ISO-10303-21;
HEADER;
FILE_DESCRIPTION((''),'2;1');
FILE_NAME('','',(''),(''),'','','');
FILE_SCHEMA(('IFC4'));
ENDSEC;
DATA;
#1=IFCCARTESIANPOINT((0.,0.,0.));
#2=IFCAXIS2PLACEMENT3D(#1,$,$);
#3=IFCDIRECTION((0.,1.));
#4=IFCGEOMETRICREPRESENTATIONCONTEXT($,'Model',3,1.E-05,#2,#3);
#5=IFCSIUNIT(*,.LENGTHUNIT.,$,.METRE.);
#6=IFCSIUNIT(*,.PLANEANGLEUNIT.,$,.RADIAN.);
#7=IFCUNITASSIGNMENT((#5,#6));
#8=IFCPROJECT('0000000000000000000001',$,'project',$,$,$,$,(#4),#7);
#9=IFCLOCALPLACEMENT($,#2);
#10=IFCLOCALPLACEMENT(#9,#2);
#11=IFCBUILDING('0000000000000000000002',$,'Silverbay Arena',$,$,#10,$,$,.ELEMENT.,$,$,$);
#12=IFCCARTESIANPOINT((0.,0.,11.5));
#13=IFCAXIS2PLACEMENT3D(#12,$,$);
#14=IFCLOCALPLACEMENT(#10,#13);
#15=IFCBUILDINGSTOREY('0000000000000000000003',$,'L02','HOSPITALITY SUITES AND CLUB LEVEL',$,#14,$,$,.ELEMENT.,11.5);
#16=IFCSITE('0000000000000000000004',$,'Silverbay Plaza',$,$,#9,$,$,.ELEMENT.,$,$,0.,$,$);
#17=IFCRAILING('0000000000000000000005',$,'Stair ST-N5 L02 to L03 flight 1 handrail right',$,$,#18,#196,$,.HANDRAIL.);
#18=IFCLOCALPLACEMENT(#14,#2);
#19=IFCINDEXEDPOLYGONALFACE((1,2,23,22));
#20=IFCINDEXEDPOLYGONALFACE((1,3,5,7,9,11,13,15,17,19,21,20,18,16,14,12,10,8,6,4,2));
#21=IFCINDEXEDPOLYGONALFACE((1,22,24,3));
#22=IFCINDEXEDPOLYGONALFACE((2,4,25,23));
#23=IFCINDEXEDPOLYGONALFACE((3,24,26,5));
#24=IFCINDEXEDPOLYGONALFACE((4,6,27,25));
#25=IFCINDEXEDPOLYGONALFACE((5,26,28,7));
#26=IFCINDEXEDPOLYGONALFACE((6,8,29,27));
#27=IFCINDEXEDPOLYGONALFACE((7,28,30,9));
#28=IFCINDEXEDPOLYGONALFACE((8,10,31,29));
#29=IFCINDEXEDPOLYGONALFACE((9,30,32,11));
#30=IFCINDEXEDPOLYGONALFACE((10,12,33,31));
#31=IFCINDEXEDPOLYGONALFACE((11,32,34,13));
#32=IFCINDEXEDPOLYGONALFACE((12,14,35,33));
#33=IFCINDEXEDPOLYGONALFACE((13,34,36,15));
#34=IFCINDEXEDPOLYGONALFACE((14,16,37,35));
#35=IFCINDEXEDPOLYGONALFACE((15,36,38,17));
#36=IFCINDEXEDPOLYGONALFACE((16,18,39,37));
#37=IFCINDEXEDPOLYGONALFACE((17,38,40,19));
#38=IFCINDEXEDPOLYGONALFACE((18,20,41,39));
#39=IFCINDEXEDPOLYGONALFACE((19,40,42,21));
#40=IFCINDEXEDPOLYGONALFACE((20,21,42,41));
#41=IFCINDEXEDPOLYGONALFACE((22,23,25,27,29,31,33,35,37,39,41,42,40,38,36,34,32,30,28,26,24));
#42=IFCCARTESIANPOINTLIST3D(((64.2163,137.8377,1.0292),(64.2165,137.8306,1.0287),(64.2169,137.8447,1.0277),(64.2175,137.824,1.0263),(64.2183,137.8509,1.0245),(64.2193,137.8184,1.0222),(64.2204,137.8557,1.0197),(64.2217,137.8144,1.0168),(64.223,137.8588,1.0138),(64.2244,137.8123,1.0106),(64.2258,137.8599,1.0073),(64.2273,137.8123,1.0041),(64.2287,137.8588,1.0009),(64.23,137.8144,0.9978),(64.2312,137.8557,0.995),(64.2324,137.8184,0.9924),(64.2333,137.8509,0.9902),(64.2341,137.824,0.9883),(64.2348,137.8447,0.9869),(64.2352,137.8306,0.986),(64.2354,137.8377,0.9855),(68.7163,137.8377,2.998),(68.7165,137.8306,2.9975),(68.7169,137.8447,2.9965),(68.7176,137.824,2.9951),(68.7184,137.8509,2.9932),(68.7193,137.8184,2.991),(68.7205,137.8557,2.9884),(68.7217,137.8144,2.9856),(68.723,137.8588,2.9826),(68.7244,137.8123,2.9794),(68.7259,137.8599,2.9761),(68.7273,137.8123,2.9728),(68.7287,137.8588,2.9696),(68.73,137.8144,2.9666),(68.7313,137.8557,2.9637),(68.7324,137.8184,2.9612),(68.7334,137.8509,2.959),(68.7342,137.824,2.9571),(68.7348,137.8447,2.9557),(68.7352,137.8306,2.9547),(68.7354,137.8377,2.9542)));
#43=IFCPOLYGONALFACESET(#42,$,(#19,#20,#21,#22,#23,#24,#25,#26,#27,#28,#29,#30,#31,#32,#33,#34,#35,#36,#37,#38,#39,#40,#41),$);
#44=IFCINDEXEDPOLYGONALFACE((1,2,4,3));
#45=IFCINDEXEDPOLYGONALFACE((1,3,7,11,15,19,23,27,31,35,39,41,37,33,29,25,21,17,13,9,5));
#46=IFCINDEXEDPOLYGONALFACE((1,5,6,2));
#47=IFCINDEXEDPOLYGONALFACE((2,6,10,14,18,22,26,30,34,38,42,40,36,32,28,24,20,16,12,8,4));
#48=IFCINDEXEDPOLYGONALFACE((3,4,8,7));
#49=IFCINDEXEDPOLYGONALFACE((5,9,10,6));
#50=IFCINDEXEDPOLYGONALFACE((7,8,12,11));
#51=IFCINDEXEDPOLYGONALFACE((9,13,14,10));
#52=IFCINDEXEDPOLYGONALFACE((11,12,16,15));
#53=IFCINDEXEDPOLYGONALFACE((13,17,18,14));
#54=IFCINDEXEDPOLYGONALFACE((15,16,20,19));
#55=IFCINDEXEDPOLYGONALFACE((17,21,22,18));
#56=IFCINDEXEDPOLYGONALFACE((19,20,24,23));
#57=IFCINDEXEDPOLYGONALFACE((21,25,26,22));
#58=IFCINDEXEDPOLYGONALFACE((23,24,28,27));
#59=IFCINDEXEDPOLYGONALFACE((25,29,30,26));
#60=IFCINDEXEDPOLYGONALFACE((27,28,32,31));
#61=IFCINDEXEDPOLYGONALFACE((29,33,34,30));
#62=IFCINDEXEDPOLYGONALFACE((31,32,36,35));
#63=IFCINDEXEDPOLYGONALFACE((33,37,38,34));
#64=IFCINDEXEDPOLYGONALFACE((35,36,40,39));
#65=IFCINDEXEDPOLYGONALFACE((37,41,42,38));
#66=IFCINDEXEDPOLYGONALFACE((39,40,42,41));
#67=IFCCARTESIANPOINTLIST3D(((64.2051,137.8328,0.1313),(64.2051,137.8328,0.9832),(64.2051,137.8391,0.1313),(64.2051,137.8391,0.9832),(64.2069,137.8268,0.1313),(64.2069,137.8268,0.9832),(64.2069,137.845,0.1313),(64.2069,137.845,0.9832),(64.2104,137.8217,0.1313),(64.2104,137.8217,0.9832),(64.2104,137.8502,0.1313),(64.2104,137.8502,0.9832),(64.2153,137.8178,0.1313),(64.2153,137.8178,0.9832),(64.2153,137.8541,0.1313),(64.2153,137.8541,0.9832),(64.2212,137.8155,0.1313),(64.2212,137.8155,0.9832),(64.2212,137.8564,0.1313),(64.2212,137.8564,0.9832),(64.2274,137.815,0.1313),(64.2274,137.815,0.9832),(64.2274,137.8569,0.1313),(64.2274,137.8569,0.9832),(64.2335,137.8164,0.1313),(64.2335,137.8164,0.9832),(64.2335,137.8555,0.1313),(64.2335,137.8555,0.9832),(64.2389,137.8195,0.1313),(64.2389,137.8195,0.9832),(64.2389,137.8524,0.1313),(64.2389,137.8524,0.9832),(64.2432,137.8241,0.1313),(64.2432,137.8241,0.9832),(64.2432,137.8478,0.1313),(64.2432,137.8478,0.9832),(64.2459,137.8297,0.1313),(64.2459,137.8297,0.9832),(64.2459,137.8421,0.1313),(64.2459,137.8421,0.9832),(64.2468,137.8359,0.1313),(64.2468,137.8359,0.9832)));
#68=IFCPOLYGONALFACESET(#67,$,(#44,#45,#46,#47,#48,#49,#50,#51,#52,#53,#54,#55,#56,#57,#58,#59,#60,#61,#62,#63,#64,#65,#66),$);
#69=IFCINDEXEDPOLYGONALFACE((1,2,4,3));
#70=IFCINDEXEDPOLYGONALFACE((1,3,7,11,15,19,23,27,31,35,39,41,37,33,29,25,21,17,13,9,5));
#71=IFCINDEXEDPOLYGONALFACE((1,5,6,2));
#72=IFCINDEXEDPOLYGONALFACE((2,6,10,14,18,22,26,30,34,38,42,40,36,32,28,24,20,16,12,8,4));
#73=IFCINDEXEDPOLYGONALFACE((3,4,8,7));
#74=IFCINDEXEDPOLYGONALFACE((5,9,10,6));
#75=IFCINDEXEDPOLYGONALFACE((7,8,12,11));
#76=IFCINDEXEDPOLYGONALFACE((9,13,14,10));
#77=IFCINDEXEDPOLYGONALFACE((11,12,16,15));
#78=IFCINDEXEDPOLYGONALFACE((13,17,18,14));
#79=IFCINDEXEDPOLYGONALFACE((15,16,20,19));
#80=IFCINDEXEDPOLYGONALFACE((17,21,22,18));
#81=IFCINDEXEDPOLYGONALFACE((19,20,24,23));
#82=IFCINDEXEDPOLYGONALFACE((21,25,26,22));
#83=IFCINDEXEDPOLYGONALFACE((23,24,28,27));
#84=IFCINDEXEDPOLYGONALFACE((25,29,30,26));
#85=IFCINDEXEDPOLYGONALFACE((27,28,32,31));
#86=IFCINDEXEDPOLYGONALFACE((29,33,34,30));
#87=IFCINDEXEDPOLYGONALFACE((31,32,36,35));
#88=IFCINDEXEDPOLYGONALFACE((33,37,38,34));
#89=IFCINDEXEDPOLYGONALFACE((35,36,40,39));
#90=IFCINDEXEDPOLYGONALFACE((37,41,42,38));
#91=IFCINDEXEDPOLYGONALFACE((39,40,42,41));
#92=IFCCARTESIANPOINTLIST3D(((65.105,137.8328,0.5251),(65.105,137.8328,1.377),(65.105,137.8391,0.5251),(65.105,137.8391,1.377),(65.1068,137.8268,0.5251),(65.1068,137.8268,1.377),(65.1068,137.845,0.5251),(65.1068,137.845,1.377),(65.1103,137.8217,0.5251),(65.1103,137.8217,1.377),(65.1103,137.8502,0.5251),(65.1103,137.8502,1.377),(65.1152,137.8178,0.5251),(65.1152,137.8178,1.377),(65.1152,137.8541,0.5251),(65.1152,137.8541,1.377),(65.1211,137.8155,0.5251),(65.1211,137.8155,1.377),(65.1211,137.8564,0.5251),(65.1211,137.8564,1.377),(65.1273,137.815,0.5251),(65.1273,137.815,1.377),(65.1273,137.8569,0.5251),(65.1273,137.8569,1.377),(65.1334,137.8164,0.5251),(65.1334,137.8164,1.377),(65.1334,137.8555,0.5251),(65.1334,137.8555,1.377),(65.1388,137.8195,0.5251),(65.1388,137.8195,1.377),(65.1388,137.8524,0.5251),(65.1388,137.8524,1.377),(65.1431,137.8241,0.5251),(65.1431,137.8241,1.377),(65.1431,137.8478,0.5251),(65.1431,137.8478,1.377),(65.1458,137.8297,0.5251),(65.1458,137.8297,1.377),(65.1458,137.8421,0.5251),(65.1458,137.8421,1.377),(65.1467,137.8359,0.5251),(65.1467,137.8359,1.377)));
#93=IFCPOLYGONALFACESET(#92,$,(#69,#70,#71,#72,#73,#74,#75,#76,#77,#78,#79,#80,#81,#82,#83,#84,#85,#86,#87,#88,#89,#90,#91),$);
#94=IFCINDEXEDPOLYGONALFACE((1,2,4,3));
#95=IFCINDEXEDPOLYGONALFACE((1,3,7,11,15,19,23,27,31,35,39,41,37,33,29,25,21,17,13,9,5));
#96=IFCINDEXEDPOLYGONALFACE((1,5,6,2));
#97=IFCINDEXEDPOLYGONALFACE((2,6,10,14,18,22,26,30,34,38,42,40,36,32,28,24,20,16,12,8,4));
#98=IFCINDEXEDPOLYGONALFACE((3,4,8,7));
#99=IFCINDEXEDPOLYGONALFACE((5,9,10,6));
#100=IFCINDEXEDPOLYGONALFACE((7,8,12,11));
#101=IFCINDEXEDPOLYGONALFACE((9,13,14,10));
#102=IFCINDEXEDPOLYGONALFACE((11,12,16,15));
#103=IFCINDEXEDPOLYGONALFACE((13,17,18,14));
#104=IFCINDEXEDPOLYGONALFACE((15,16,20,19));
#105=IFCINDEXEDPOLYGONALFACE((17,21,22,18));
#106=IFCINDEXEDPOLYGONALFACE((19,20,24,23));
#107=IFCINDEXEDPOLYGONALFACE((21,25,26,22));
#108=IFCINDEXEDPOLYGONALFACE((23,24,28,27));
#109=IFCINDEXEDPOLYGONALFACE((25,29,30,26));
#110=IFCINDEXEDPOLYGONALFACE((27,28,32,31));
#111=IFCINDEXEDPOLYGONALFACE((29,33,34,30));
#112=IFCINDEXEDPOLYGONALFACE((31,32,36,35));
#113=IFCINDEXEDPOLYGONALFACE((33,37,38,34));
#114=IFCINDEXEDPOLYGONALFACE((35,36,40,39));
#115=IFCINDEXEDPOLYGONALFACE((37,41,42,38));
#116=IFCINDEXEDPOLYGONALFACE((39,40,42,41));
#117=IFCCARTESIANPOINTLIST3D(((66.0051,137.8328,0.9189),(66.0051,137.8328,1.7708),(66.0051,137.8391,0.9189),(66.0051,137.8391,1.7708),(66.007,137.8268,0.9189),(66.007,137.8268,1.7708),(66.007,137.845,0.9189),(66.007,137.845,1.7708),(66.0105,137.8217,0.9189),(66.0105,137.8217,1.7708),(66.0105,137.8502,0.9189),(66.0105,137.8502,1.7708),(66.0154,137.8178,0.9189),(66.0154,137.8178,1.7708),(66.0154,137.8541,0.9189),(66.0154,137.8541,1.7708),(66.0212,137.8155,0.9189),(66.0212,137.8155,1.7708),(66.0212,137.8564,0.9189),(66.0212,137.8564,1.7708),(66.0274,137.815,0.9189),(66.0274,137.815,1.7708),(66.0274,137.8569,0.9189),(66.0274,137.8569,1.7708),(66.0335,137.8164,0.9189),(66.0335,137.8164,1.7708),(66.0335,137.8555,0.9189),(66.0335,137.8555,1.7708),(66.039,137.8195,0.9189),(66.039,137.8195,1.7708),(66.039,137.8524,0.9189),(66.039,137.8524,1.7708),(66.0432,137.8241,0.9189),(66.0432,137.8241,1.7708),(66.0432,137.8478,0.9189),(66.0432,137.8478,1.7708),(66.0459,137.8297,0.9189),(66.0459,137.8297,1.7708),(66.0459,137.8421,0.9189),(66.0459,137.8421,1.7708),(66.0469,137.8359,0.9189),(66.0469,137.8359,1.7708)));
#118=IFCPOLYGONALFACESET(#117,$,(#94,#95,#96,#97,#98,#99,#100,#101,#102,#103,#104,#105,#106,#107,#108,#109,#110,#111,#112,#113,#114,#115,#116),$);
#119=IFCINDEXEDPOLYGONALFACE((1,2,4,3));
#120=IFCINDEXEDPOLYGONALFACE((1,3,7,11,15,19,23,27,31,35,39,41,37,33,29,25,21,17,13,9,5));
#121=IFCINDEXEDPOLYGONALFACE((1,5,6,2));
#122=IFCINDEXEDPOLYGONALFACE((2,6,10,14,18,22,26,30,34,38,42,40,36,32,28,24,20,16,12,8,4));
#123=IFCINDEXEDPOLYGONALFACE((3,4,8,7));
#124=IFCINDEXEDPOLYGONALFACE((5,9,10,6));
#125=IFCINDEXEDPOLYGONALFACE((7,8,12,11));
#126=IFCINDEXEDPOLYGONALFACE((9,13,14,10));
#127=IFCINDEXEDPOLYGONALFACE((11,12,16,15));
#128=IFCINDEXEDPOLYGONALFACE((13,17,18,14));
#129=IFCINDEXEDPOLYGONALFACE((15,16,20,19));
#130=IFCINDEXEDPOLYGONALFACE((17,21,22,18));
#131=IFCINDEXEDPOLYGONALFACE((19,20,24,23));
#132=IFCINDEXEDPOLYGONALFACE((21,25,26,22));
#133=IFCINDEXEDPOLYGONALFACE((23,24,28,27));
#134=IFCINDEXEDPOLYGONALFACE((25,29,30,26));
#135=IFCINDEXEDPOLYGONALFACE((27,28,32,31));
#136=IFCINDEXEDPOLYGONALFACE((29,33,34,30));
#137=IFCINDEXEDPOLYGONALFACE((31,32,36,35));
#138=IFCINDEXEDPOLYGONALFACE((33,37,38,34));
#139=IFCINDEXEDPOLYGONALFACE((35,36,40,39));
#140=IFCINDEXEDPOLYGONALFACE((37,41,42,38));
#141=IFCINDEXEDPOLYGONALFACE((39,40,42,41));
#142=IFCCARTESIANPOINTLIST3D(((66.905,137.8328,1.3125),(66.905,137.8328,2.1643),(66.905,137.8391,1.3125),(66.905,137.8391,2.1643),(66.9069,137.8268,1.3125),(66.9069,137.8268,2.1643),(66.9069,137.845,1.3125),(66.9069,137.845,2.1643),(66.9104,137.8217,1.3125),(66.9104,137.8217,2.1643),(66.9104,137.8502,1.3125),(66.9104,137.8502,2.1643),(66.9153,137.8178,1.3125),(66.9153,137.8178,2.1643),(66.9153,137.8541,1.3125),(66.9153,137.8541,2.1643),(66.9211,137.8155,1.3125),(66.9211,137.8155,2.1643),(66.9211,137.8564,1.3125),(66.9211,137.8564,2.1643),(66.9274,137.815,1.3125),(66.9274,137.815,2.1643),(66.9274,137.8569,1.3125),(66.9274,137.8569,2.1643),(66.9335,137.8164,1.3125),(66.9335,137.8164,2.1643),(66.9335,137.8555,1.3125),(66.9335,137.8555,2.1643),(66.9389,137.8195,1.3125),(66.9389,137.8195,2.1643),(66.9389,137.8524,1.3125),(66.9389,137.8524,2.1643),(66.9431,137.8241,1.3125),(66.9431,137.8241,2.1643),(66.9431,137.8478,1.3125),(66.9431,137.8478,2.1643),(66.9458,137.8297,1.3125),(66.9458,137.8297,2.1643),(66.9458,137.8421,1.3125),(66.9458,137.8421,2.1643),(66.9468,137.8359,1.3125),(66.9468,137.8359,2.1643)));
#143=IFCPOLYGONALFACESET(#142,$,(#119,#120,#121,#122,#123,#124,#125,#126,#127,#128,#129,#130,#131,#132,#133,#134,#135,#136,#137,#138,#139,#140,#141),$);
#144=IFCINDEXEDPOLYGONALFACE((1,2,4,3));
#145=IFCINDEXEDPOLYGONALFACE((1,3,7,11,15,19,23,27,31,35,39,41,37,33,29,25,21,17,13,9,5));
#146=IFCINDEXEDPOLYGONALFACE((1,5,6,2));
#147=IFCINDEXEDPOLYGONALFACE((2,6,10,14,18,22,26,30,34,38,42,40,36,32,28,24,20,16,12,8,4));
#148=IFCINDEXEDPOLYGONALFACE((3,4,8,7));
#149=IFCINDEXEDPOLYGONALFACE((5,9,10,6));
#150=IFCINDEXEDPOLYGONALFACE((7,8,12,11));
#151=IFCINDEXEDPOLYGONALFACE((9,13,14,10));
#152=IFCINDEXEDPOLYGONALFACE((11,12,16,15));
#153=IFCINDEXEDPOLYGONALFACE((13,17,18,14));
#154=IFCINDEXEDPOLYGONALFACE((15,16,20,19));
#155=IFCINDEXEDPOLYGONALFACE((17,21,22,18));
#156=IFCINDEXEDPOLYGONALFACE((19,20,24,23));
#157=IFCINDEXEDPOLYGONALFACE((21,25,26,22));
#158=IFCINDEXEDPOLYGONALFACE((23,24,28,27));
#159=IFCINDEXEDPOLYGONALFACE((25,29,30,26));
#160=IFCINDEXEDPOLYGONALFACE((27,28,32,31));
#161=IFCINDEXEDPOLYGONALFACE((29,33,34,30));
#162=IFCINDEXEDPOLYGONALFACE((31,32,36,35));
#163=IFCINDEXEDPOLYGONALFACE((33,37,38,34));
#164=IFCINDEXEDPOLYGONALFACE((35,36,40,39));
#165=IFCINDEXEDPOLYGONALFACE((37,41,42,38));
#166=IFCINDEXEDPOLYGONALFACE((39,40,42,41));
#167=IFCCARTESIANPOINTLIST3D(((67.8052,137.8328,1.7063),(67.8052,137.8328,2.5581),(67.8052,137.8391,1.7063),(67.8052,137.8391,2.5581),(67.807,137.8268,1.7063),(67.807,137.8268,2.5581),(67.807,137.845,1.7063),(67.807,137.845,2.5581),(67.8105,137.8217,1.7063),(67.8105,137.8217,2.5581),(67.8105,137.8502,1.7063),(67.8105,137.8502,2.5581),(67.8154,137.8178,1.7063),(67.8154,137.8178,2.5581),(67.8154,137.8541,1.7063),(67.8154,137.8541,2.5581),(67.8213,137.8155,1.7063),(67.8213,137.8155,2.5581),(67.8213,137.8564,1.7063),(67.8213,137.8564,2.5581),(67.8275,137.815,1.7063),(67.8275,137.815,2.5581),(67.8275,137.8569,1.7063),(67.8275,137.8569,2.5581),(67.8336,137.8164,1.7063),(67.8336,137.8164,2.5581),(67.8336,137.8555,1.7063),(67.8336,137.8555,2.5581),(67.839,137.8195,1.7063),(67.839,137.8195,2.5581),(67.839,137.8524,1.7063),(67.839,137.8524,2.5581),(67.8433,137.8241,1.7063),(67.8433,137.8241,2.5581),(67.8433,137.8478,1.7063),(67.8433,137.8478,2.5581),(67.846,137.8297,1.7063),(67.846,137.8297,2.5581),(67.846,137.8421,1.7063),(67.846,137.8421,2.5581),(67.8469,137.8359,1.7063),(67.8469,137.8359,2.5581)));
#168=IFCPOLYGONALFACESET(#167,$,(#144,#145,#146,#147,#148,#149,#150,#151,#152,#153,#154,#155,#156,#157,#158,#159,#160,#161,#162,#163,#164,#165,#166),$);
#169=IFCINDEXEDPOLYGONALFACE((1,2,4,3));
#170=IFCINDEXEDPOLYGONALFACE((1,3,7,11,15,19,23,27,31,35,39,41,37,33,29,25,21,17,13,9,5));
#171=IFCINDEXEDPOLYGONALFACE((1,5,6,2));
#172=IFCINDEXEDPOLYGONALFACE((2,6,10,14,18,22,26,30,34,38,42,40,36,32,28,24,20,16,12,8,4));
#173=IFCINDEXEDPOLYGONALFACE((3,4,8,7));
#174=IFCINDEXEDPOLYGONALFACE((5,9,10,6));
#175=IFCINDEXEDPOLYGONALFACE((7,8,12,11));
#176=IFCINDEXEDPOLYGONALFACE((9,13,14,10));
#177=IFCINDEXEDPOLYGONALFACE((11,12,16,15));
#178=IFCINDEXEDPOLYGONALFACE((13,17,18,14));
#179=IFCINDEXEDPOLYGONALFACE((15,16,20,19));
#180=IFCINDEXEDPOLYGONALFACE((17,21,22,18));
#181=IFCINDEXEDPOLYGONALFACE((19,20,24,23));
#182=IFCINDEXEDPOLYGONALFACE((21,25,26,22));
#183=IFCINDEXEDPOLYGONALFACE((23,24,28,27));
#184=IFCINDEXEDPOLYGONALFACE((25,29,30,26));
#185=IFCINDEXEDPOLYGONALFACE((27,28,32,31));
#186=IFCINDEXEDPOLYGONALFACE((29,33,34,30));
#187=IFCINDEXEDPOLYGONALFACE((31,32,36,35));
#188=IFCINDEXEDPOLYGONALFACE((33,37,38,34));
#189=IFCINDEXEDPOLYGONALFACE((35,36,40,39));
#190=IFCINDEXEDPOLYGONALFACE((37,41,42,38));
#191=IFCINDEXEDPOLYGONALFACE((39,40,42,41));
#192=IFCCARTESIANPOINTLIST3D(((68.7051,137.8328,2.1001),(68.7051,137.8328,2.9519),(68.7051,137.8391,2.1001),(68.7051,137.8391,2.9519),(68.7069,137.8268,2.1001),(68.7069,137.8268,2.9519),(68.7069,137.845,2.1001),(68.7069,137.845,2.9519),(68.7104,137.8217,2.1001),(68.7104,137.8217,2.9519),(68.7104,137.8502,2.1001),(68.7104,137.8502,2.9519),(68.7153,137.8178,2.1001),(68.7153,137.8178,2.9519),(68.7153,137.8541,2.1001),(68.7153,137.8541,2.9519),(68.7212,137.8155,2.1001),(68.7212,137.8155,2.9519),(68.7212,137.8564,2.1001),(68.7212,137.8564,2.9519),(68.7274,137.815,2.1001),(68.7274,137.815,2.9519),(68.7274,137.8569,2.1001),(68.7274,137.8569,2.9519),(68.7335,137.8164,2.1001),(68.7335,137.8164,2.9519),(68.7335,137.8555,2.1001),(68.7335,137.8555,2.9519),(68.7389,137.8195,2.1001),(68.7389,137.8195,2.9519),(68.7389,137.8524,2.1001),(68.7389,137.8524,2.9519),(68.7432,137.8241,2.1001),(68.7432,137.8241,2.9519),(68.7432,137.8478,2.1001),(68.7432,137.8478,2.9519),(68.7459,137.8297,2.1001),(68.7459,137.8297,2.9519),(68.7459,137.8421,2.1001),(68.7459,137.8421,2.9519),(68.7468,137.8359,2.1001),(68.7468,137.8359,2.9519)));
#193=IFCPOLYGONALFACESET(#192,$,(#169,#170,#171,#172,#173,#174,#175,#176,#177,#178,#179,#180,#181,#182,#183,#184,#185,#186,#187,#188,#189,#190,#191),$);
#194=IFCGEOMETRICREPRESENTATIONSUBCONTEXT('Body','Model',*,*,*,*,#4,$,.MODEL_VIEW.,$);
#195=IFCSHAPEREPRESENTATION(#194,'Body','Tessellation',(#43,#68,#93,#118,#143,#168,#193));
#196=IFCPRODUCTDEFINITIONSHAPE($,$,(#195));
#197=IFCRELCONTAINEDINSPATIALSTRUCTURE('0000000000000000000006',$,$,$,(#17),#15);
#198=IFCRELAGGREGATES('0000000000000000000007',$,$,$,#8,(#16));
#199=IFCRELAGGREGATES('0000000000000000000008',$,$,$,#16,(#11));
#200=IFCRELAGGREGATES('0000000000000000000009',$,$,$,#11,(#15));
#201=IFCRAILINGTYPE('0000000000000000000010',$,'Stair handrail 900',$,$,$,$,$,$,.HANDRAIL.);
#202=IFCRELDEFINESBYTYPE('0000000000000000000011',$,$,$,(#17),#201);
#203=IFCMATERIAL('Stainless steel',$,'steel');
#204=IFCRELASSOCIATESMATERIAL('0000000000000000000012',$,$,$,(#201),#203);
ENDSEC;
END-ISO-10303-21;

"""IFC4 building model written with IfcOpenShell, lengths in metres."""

from ifc_helpers import new_model, si_unit, direction, frame, origin, origin_2d, place, context, subcontext, project, spatial, circle, extrude, material, type_object, element, save


model = new_model("IFC4")

# Units and contexts
model_context = context("Model", 3, precision=1e-05, world=origin(), true_north=direction((0.0, 1.0)))
body_context = subcontext(model_context, "Body", "Model", "MODEL_VIEW")
ifc_project = project(units=[si_unit("LENGTHUNIT", "METRE"), si_unit("PLANEANGLEUNIT", "RADIAN")], contexts=[model_context])

# Site, building, storey
site_placement = place(None, origin())
site = spatial("IfcSite", under=ifc_project, at=site_placement, Name="Silverbay Plaza", CompositionType="ELEMENT", RefElevation=0.0)
building_placement = place(site_placement, origin())
building = spatial("IfcBuilding", under=site, at=building_placement, Name="Silverbay Arena", CompositionType="ELEMENT")
storey_placement = place(building_placement, frame((0.0, 0.0, 11.5)))
storey = spatial("IfcBuildingStorey", under=building, at=storey_placement, Name="L02", Description="HOSPITALITY SUITES AND CLUB LEVEL", CompositionType="ELEMENT", Elevation=11.5)

# Railing
ifc_material_1 = material(Name="Stainless steel", Category="steel")
railing_type_1 = type_object("IfcRailingType", Name="Stair handrail 900", PredefinedType="HANDRAIL", material=ifc_material_1)
for number, where, name in (
    (1, (64.2258, 137.8359, 0.1313), "Stair ST-N5 L02 to L03 flight 1 handrail right"),
):
    element("IfcRailing", number, at=place(storey_placement, frame(where)), inside=storey, type_object=railing_type_1, Name=name, PredefinedType="HANDRAIL", context=body_context, shape_type="SweptSolid", body=[
        extrude(circle(Radius=0.0239, at=origin_2d()), frame((0.0, 0.0, 0.876), z_axis=(0.916157, 0.0, 0.400819), x_axis=(0.0, 1.0, 0.0)), (0.0, 0.0, 1.0), 4.9119),
        extrude(circle(Radius=0.021, at=origin_2d()), origin(), (0.0, 0.0, 1.0), 0.8518),
        extrude(circle(Radius=0.021, at=origin_2d()), frame((0.8999, 0.0, 0.3938)), (0.0, 0.0, 1.0), 0.8518),
        extrude(circle(Radius=0.021, at=origin_2d()), frame((1.8, 0.0, 0.7876)), (0.0, 0.0, 1.0), 0.8518),
        extrude(circle(Radius=0.021, at=origin_2d()), frame((2.7, 0.0, 1.1812)), (0.0, 0.0, 1.0), 0.8518),
        extrude(circle(Radius=0.021, at=origin_2d()), frame((3.6001, 0.0, 1.575)), (0.0, 0.0, 1.0), 0.8518),
        extrude(circle(Radius=0.021, at=origin_2d()), frame((4.5, 0.0, 1.9688)), (0.0, 0.0, 1.0), 0.8518),
    ])

save(model, "model.ifc")
